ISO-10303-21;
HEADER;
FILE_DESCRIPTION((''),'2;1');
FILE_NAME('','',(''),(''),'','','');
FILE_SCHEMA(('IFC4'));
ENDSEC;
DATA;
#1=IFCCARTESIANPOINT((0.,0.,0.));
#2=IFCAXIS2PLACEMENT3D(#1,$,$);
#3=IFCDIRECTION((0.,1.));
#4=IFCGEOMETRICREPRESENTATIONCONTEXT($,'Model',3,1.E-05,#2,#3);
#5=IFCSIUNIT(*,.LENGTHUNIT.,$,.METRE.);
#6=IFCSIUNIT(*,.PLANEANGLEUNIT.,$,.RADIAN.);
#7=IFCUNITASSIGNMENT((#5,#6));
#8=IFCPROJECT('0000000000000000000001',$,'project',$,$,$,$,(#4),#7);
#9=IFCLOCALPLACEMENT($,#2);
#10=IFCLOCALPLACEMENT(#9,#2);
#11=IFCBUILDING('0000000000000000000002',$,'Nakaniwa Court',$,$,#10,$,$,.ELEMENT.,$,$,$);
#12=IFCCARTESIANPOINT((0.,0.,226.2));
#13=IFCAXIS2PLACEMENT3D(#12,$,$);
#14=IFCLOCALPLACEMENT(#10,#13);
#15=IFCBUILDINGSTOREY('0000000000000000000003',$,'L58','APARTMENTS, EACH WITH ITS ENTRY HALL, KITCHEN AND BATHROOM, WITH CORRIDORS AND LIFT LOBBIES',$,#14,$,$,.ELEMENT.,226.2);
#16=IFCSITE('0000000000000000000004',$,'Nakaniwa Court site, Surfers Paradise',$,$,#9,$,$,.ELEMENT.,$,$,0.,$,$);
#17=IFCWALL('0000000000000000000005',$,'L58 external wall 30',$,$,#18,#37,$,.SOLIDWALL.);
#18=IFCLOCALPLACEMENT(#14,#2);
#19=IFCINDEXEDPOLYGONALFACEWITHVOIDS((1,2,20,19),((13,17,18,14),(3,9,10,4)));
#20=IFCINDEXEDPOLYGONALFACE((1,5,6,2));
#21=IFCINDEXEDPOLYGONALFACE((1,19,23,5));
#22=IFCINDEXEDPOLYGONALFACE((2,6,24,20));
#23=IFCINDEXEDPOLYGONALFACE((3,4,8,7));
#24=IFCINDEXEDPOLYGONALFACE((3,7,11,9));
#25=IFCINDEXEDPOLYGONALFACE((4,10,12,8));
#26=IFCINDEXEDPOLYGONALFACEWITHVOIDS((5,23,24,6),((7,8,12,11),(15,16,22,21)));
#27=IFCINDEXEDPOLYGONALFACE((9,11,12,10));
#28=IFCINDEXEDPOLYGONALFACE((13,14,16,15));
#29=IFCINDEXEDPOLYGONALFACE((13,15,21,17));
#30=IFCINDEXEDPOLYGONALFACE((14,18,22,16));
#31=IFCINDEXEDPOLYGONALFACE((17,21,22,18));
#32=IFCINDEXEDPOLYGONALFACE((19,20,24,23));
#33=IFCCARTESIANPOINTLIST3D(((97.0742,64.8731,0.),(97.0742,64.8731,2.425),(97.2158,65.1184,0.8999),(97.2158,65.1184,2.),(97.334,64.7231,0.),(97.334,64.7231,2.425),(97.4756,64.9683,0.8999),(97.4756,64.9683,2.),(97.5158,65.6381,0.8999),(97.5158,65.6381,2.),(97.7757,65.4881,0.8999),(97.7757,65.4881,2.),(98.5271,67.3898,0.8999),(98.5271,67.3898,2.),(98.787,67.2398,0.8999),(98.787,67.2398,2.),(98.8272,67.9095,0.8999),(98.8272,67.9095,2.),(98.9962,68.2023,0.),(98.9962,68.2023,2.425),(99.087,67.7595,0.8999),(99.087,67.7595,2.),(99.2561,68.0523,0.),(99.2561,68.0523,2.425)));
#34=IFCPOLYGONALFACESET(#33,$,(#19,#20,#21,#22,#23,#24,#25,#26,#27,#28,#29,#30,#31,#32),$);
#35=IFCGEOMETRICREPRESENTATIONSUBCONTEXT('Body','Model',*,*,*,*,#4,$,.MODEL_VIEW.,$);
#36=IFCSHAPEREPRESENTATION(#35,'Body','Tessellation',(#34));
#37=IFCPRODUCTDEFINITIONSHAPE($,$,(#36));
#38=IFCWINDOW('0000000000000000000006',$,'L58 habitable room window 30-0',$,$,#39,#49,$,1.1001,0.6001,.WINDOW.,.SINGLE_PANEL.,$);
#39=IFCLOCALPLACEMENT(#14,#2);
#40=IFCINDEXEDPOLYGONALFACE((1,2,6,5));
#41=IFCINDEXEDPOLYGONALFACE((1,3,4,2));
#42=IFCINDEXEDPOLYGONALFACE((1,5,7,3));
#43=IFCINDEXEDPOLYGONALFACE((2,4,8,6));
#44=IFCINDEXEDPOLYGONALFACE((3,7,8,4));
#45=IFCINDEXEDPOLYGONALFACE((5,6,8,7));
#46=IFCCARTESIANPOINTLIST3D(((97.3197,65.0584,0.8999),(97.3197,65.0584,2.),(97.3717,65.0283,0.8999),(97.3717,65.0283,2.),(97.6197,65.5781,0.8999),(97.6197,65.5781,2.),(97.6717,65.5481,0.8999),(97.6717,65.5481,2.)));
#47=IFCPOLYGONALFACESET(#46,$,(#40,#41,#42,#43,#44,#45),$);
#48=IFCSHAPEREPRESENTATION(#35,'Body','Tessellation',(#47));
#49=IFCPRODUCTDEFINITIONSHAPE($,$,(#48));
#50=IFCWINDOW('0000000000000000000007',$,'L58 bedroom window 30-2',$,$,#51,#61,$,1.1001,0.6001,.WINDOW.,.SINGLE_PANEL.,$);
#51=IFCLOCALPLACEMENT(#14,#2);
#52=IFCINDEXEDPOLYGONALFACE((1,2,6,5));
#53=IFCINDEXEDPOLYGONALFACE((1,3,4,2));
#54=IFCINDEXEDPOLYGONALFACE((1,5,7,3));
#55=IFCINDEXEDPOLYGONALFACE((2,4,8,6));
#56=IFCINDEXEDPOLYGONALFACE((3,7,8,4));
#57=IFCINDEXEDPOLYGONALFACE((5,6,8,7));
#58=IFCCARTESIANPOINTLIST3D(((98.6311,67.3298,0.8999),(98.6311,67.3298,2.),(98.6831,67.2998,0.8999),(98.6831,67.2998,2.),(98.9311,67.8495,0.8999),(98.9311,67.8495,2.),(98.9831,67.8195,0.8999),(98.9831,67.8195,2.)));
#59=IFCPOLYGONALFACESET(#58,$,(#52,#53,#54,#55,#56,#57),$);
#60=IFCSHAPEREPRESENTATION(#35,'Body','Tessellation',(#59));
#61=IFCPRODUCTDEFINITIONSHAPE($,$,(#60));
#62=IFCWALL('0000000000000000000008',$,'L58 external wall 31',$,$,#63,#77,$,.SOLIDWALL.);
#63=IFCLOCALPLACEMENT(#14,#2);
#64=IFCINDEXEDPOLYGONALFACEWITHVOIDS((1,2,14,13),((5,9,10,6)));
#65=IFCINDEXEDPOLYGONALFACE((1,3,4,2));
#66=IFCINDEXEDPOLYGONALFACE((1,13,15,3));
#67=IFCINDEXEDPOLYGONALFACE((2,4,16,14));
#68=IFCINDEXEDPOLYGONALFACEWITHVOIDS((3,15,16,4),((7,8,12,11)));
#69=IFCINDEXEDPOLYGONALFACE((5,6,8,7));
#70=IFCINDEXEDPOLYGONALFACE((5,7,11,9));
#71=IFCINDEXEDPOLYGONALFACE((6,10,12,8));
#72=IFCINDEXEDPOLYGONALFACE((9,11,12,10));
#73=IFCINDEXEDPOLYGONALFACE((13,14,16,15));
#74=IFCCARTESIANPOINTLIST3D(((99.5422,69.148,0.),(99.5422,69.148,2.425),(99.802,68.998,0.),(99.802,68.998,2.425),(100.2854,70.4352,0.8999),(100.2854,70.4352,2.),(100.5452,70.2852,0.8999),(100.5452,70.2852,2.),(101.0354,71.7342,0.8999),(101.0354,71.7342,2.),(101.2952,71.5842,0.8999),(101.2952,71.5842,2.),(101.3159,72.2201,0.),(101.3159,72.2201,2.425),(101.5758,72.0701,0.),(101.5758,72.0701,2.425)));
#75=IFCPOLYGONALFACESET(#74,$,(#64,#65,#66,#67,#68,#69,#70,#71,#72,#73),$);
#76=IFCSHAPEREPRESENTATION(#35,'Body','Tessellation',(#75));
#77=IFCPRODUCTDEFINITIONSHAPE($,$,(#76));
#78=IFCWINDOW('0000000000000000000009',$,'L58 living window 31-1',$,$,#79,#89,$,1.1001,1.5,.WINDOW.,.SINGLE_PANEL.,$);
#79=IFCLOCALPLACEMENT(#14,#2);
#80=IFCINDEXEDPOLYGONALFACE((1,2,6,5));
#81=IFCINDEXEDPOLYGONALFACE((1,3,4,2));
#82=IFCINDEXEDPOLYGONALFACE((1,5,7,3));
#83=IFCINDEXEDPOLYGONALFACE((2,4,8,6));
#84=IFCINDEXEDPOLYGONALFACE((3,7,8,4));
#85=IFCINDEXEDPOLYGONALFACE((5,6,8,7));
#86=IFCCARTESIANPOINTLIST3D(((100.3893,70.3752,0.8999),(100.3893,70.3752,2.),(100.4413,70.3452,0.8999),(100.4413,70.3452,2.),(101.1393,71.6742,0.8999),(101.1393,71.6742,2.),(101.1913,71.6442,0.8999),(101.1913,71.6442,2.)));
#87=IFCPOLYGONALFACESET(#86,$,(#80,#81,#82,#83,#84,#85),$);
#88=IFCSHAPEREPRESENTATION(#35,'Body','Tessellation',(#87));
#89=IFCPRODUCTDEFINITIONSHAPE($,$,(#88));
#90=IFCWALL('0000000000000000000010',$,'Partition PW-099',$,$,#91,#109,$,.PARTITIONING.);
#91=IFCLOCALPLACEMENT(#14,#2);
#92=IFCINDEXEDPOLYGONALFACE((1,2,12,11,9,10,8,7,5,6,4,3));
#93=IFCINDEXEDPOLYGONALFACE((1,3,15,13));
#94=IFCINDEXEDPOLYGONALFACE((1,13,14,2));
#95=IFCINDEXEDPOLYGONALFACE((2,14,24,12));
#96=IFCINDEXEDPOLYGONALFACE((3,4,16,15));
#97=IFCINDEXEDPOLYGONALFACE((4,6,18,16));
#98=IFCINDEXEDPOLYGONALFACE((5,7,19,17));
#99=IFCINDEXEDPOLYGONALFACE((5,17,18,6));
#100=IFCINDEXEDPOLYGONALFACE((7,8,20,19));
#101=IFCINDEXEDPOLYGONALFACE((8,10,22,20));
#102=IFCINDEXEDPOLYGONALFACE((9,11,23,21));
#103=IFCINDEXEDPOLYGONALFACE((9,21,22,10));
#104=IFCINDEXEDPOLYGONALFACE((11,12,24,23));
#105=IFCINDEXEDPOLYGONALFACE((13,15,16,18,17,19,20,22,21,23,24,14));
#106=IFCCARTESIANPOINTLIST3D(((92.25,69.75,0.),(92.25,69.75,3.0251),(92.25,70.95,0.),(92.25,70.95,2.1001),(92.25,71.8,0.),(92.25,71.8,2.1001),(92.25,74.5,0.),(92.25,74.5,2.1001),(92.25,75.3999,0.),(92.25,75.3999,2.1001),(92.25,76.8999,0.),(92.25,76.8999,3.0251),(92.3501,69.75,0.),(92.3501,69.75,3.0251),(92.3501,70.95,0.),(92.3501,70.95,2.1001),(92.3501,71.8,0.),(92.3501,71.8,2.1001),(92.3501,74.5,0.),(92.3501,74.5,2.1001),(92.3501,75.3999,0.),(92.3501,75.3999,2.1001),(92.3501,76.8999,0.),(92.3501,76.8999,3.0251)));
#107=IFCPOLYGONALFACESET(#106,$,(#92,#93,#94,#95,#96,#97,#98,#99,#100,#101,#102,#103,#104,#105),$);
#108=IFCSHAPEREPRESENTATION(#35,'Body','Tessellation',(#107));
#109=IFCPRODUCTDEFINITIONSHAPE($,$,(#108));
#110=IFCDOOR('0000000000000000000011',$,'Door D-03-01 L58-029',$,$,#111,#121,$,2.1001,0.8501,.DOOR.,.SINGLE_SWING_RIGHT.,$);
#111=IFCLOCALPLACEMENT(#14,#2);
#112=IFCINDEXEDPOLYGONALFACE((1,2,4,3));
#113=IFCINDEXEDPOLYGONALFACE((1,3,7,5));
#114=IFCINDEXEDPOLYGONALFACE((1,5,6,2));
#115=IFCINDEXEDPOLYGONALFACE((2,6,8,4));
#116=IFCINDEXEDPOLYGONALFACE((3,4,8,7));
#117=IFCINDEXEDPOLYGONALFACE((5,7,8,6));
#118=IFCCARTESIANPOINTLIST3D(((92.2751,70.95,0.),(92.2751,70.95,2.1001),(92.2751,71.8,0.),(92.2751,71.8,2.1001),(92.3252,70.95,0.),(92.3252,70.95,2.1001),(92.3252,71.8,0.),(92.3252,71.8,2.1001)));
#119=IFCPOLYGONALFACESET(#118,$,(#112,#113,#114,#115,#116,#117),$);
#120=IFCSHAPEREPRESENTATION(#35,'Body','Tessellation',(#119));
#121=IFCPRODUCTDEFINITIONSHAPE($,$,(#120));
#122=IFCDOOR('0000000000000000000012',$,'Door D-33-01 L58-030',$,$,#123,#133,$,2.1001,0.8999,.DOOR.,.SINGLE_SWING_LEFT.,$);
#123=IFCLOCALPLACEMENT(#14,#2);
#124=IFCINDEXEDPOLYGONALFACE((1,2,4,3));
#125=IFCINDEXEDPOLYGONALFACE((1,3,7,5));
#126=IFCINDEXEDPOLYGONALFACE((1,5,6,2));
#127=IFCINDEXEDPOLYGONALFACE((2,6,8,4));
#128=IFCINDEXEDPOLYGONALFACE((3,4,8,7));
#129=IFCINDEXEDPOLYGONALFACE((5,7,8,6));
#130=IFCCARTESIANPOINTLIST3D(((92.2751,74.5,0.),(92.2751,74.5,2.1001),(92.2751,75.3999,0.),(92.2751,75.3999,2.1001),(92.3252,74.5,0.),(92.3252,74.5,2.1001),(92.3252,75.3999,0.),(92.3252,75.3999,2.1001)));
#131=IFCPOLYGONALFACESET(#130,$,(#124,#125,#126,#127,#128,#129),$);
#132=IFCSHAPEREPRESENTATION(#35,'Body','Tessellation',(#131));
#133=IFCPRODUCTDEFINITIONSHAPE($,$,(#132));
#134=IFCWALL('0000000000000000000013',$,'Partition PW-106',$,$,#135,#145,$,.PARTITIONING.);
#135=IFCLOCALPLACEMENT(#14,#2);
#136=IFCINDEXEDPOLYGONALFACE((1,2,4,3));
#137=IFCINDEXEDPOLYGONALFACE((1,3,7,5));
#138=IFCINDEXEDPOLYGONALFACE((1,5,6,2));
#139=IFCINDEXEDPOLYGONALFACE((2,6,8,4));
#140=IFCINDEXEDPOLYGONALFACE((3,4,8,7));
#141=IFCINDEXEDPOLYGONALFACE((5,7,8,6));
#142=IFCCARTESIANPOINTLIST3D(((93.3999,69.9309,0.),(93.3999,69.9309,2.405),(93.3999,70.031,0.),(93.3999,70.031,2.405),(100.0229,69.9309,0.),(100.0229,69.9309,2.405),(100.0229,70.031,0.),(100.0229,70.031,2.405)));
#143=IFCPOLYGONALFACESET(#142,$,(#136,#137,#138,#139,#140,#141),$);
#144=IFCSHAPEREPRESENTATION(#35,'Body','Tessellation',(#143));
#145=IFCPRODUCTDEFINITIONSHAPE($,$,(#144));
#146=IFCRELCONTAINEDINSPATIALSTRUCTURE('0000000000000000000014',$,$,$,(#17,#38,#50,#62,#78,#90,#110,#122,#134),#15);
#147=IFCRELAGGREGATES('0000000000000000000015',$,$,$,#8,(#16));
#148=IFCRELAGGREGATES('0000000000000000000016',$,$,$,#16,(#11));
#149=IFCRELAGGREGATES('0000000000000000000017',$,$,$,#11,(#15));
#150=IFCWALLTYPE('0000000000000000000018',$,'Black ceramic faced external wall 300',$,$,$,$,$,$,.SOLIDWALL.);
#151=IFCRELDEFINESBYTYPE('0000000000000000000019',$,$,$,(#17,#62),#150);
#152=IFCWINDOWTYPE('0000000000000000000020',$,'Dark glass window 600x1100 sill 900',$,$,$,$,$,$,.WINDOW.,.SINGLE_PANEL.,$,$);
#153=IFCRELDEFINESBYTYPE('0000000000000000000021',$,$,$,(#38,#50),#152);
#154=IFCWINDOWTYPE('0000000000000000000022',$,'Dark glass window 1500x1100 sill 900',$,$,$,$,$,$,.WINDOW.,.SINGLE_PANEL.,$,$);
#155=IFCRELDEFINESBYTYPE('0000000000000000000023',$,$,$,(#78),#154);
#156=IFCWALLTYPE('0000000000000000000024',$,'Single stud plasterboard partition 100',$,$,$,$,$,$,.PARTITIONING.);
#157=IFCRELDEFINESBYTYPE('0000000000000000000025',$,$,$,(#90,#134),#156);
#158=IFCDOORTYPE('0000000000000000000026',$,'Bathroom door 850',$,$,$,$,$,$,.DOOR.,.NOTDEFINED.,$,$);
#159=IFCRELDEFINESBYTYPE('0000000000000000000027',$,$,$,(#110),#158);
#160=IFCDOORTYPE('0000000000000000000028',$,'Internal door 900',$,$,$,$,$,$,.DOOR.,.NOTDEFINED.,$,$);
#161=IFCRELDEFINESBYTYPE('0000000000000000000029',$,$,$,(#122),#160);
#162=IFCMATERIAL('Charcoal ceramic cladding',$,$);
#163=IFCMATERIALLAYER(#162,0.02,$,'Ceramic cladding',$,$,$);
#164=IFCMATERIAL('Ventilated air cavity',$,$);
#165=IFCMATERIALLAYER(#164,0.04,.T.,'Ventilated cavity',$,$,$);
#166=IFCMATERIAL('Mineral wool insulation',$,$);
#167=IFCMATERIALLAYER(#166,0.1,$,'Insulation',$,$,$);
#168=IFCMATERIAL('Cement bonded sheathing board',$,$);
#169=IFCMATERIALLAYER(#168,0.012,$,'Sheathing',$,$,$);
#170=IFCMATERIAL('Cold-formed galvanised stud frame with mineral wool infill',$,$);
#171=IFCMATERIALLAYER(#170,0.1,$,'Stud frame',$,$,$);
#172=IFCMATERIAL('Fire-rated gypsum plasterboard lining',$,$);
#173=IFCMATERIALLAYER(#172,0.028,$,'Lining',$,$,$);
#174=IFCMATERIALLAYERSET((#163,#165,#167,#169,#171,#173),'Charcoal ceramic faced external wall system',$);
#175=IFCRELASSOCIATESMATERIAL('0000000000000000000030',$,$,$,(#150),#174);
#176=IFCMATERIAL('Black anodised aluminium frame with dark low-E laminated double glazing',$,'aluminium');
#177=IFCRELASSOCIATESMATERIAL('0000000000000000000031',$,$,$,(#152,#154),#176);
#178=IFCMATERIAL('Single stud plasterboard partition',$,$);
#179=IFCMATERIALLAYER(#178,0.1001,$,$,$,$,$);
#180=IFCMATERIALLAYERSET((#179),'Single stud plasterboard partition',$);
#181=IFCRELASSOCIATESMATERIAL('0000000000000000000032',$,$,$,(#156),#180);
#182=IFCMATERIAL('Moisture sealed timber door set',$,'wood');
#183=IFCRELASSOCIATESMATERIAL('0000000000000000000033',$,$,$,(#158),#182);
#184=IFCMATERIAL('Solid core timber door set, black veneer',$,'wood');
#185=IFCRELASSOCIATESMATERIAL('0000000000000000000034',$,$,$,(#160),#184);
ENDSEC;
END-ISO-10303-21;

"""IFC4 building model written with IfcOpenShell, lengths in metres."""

from ifc_helpers import new_model, si_unit, direction, frame, frame_2d, origin, place, context, subcontext, project, spatial, rectangle, extrude, material, layer, layer_set, type_object, element, fill, save


model = new_model("IFC4")

# Units and contexts
model_context = context("Model", 3, precision=1e-05, world=origin(), true_north=direction((0.0, 1.0)))
body_context = subcontext(model_context, "Body", "Model", "MODEL_VIEW")
ifc_project = project(units=[si_unit("LENGTHUNIT", "METRE"), si_unit("PLANEANGLEUNIT", "RADIAN")], contexts=[model_context])

# Site, building, storey
site_placement = place(None, origin())
site = spatial("IfcSite", under=ifc_project, at=site_placement, Name="Nakaniwa Court site, Surfers Paradise", CompositionType="ELEMENT", RefElevation=0.0)
building_placement = place(site_placement, origin())
building = spatial("IfcBuilding", under=site, at=building_placement, Name="Nakaniwa Court", CompositionType="ELEMENT")
storey_placement = place(building_placement, frame((0.0, 0.0, 226.2)))
storey = spatial("IfcBuildingStorey", under=building, at=storey_placement, Name="L58", Description="APARTMENTS, EACH WITH ITS ENTRY HALL, KITCHEN AND BATHROOM, WITH CORRIDORS AND LIFT LOBBIES", CompositionType="ELEMENT", Elevation=226.2)

# Shared definitions
ifc_material_1 = material(Name="Solid core timber door set, black veneer", Category="wood")

# Wall, openings, windows
ifc_material_2 = material(Name="Charcoal ceramic cladding")
ifc_layer_1 = layer(ifc_material_2, 0.02, Name="Ceramic cladding")
ifc_material_3 = material(Name="Ventilated air cavity")
ifc_layer_2 = layer(ifc_material_3, 0.04, ventilated=True, Name="Ventilated cavity")
ifc_material_4 = material(Name="Mineral wool insulation")
ifc_layer_3 = layer(ifc_material_4, 0.1, Name="Insulation")
ifc_material_5 = material(Name="Cement bonded sheathing board")
ifc_layer_4 = layer(ifc_material_5, 0.012, Name="Sheathing")
ifc_material_6 = material(Name="Cold-formed galvanised stud frame with mineral wool infill")
ifc_layer_5 = layer(ifc_material_6, 0.1, Name="Stud frame")
ifc_material_7 = material(Name="Fire-rated gypsum plasterboard lining")
ifc_layer_6 = layer(ifc_material_7, 0.028, Name="Lining")
ifc_layer_set_1 = layer_set([ifc_layer_1, ifc_layer_2, ifc_layer_3, ifc_layer_4, ifc_layer_5, ifc_layer_6], Name="Charcoal ceramic faced external wall system")
wall_type_1 = type_object("IfcWallType", Name="Black ceramic faced external wall 300", PredefinedType="SOLIDWALL", material=ifc_layer_set_1)
wall_1_placement = place(storey_placement, frame((97.2041, 64.7981, 0.0), z_axis=(0.0, 0.0, 1.0), x_axis=(0.499984, 0.866034, 0.0)))
wall_1 = element("IfcWall", 1, at=wall_1_placement, inside=storey, type_object=wall_type_1, Name="L58 external wall 30", PredefinedType="SOLIDWALL", context=body_context, shape_type="SweptSolid", body=[
    extrude(rectangle(XDim=3.8442, YDim=0.3, at=frame_2d((1.9221, 0.0))), origin(), (0.0, 0.0, 1.0), 2.425),
])
opening_1_placement = place(wall_1_placement, frame((0.2832, 0.0, 0.8999)))
opening_1 = element("IfcOpeningElement", 2, at=opening_1_placement, cuts=wall_1, PredefinedType="OPENING", context=body_context, shape_type="SweptSolid", body=[
    extrude(rectangle(XDim=0.6001, YDim=1.1001, at=frame_2d((0.3, 0.55))), frame((0.0, 0.1599, 0.0), z_axis=(0.0, -1.0, 0.0), x_axis=(1.0, 0.0, 0.0)), (0.0, 0.0, 1.0), 0.3201),
])
opening_2_placement = place(wall_1_placement, frame((2.906, 0.0, 0.8999)))
opening_2 = element("IfcOpeningElement", 3, at=opening_2_placement, cuts=wall_1, PredefinedType="OPENING", context=body_context, shape_type="SweptSolid", body=[
    extrude(rectangle(XDim=0.6001, YDim=1.1001, at=frame_2d((0.3, 0.55))), frame((0.0, 0.1599, 0.0), z_axis=(0.0, -1.0, 0.0), x_axis=(1.0, 0.0, 0.0)), (0.0, 0.0, 1.0), 0.3201),
])
ifc_material_8 = material(Name="Black anodised aluminium frame with dark low-E laminated double glazing", Category="aluminium")
window_type_1 = type_object("IfcWindowType", Name="Dark glass window 600x1100 sill 900", PartitioningType="SINGLE_PANEL", PredefinedType="WINDOW", material=ifc_material_8)
window_1_placement = place(opening_1_placement, origin())
window_1 = element("IfcWindow", 4, at=window_1_placement, inside=storey, type_object=window_type_1, Name="L58 habitable room window 30-0", OverallHeight=1.1001, OverallWidth=0.6001, PartitioningType="SINGLE_PANEL", PredefinedType="WINDOW", context=body_context, shape_type="SweptSolid", body=[
    extrude(rectangle(XDim=0.6001, YDim=1.1001, at=frame_2d((0.3, 0.55))), frame((0.0, 0.03, 0.0), z_axis=(0.0, -1.0, 0.0), x_axis=(1.0, 0.0, 0.0)), (0.0, 0.0, 1.0), 0.0601),
])
fill(opening_1, window_1)
window_2_placement = place(opening_2_placement, origin())
window_2 = element("IfcWindow", 5, at=window_2_placement, inside=storey, type_object=window_type_1, Name="L58 bedroom window 30-2", OverallHeight=1.1001, OverallWidth=0.6001, PartitioningType="SINGLE_PANEL", PredefinedType="WINDOW", context=body_context, shape_type="SweptSolid", body=[
    extrude(rectangle(XDim=0.6001, YDim=1.1001, at=frame_2d((0.3, 0.55))), frame((0.0, 0.03, 0.0), z_axis=(0.0, -1.0, 0.0), x_axis=(1.0, 0.0, 0.0)), (0.0, 0.0, 1.0), 0.0601),
])
fill(opening_2, window_2)

# Wall, opening, window
wall_2_placement = place(storey_placement, frame((99.6721, 69.073, 0.0), z_axis=(0.0, 0.0, 1.0), x_axis=(0.50001, 0.866019, 0.0)))
wall_2 = element("IfcWall", 6, at=wall_2_placement, inside=storey, type_object=wall_type_1, Name="L58 external wall 31", PredefinedType="SOLIDWALL", context=body_context, shape_type="SweptSolid", body=[
    extrude(rectangle(XDim=3.5474, YDim=0.3, at=frame_2d((1.7737, 0.0))), origin(), (0.0, 0.0, 1.0), 2.425),
])
opening_3_placement = place(wall_2_placement, frame((1.4863, 0.0, 0.8999)))
opening_3 = element("IfcOpeningElement", 7, at=opening_3_placement, cuts=wall_2, PredefinedType="OPENING", context=body_context, shape_type="SweptSolid", body=[
    extrude(rectangle(XDim=1.5, YDim=1.1001, at=frame_2d((0.75, 0.55))), frame((0.0, 0.1599, 0.0), z_axis=(0.0, -1.0, 0.0), x_axis=(1.0, 0.0, 0.0)), (0.0, 0.0, 1.0), 0.3201),
])
window_type_2 = type_object("IfcWindowType", Name="Dark glass window 1500x1100 sill 900", PartitioningType="SINGLE_PANEL", PredefinedType="WINDOW", material=ifc_material_8)
window_3_placement = place(opening_3_placement, origin())
window_3 = element("IfcWindow", 8, at=window_3_placement, inside=storey, type_object=window_type_2, Name="L58 living window 31-1", OverallHeight=1.1001, OverallWidth=1.5, PartitioningType="SINGLE_PANEL", PredefinedType="WINDOW", context=body_context, shape_type="SweptSolid", body=[
    extrude(rectangle(XDim=1.5, YDim=1.1001, at=frame_2d((0.75, 0.55))), frame((0.0, 0.03, 0.0), z_axis=(0.0, -1.0, 0.0), x_axis=(1.0, 0.0, 0.0)), (0.0, 0.0, 1.0), 0.0601),
])
fill(opening_3, window_3)

# Wall, openings, doors
ifc_material_9 = material(Name="Single stud plasterboard partition")
ifc_layer_7 = layer(ifc_material_9, 0.1001)
ifc_layer_set_2 = layer_set([ifc_layer_7], Name="Single stud plasterboard partition")
wall_type_2 = type_object("IfcWallType", Name="Single stud plasterboard partition 100", PredefinedType="PARTITIONING", material=ifc_layer_set_2)
wall_3_placement = place(storey_placement, frame((92.3, 69.75, 0.0), z_axis=(0.0, 0.0, 1.0), x_axis=(0.0, 1.0, 0.0)))
wall_3 = element("IfcWall", 9, at=wall_3_placement, inside=storey, type_object=wall_type_2, Name="Partition PW-099", PredefinedType="PARTITIONING", context=body_context, shape_type="SweptSolid", body=[
    extrude(rectangle(XDim=7.1499, YDim=0.1001, at=frame_2d((3.575, 0.0))), origin(), (0.0, 0.0, 1.0), 3.0251),
])
opening_4_placement = place(wall_3_placement, frame((1.2, 0.0, 0.0)))
opening_4 = element("IfcOpeningElement", 10, at=opening_4_placement, cuts=wall_3, PredefinedType="OPENING", context=body_context, shape_type="SweptSolid", body=[
    extrude(rectangle(XDim=0.8501, YDim=2.1001, at=frame_2d((0.425, 1.05))), frame((0.0, 0.0601, 0.0), z_axis=(0.0, -1.0, 0.0), x_axis=(1.0, 0.0, 0.0)), (0.0, 0.0, 1.0), 0.1201),
])
opening_5_placement = place(wall_3_placement, frame((4.75, 0.0, 0.0)))
opening_5 = element("IfcOpeningElement", 11, at=opening_5_placement, cuts=wall_3, PredefinedType="OPENING", context=body_context, shape_type="SweptSolid", body=[
    extrude(rectangle(XDim=0.8999, YDim=2.1001, at=frame_2d((0.45, 1.05))), frame((0.0, 0.0601, 0.0), z_axis=(0.0, -1.0, 0.0), x_axis=(1.0, 0.0, 0.0)), (0.0, 0.0, 1.0), 0.1201),
])
ifc_material_10 = material(Name="Moisture sealed timber door set", Category="wood")
door_type_1 = type_object("IfcDoorType", Name="Bathroom door 850", OperationType="NOTDEFINED", PredefinedType="DOOR", material=ifc_material_10)
door_1_placement = place(opening_4_placement, origin())
door_1 = element("IfcDoor", 12, at=door_1_placement, inside=storey, type_object=door_type_1, Name="Door D-03-01 L58-029", OperationType="SINGLE_SWING_RIGHT", OverallHeight=2.1001, OverallWidth=0.8501, PredefinedType="DOOR", context=body_context, shape_type="SweptSolid", body=[
    extrude(rectangle(XDim=0.8501, YDim=2.1001, at=frame_2d((0.425, 1.05))), frame((0.0, 0.0249, 0.0), z_axis=(0.0, -1.0, 0.0), x_axis=(1.0, 0.0, 0.0)), (0.0, 0.0, 1.0), 0.05),
])
fill(opening_4, door_1)
door_type_2 = type_object("IfcDoorType", Name="Internal door 900", OperationType="NOTDEFINED", PredefinedType="DOOR", material=ifc_material_1)
door_2_placement = place(opening_5_placement, origin())
door_2 = element("IfcDoor", 13, at=door_2_placement, inside=storey, type_object=door_type_2, Name="Door D-33-01 L58-030", OperationType="SINGLE_SWING_LEFT", OverallHeight=2.1001, OverallWidth=0.8999, PredefinedType="DOOR", context=body_context, shape_type="SweptSolid", body=[
    extrude(rectangle(XDim=0.8999, YDim=2.1001, at=frame_2d((0.45, 1.05))), frame((0.0, 0.0249, 0.0), z_axis=(0.0, -1.0, 0.0), x_axis=(1.0, 0.0, 0.0)), (0.0, 0.0, 1.0), 0.05),
])
fill(opening_5, door_2)

# Wall
wall_4_placement = place(storey_placement, frame((93.3999, 69.981, 0.0), z_axis=(0.0, 0.0, 1.0), x_axis=(1.0, 0.0, 0.0)))
element("IfcWall", 14, at=wall_4_placement, inside=storey, type_object=wall_type_2, Name="Partition PW-106", PredefinedType="PARTITIONING", context=body_context, shape_type="SweptSolid", body=[
    extrude(rectangle(XDim=6.623, YDim=0.1001, at=frame_2d((3.3115, 0.0))), origin(), (0.0, 0.0, 1.0), 2.405),
])

save(model, "model.ifc")
